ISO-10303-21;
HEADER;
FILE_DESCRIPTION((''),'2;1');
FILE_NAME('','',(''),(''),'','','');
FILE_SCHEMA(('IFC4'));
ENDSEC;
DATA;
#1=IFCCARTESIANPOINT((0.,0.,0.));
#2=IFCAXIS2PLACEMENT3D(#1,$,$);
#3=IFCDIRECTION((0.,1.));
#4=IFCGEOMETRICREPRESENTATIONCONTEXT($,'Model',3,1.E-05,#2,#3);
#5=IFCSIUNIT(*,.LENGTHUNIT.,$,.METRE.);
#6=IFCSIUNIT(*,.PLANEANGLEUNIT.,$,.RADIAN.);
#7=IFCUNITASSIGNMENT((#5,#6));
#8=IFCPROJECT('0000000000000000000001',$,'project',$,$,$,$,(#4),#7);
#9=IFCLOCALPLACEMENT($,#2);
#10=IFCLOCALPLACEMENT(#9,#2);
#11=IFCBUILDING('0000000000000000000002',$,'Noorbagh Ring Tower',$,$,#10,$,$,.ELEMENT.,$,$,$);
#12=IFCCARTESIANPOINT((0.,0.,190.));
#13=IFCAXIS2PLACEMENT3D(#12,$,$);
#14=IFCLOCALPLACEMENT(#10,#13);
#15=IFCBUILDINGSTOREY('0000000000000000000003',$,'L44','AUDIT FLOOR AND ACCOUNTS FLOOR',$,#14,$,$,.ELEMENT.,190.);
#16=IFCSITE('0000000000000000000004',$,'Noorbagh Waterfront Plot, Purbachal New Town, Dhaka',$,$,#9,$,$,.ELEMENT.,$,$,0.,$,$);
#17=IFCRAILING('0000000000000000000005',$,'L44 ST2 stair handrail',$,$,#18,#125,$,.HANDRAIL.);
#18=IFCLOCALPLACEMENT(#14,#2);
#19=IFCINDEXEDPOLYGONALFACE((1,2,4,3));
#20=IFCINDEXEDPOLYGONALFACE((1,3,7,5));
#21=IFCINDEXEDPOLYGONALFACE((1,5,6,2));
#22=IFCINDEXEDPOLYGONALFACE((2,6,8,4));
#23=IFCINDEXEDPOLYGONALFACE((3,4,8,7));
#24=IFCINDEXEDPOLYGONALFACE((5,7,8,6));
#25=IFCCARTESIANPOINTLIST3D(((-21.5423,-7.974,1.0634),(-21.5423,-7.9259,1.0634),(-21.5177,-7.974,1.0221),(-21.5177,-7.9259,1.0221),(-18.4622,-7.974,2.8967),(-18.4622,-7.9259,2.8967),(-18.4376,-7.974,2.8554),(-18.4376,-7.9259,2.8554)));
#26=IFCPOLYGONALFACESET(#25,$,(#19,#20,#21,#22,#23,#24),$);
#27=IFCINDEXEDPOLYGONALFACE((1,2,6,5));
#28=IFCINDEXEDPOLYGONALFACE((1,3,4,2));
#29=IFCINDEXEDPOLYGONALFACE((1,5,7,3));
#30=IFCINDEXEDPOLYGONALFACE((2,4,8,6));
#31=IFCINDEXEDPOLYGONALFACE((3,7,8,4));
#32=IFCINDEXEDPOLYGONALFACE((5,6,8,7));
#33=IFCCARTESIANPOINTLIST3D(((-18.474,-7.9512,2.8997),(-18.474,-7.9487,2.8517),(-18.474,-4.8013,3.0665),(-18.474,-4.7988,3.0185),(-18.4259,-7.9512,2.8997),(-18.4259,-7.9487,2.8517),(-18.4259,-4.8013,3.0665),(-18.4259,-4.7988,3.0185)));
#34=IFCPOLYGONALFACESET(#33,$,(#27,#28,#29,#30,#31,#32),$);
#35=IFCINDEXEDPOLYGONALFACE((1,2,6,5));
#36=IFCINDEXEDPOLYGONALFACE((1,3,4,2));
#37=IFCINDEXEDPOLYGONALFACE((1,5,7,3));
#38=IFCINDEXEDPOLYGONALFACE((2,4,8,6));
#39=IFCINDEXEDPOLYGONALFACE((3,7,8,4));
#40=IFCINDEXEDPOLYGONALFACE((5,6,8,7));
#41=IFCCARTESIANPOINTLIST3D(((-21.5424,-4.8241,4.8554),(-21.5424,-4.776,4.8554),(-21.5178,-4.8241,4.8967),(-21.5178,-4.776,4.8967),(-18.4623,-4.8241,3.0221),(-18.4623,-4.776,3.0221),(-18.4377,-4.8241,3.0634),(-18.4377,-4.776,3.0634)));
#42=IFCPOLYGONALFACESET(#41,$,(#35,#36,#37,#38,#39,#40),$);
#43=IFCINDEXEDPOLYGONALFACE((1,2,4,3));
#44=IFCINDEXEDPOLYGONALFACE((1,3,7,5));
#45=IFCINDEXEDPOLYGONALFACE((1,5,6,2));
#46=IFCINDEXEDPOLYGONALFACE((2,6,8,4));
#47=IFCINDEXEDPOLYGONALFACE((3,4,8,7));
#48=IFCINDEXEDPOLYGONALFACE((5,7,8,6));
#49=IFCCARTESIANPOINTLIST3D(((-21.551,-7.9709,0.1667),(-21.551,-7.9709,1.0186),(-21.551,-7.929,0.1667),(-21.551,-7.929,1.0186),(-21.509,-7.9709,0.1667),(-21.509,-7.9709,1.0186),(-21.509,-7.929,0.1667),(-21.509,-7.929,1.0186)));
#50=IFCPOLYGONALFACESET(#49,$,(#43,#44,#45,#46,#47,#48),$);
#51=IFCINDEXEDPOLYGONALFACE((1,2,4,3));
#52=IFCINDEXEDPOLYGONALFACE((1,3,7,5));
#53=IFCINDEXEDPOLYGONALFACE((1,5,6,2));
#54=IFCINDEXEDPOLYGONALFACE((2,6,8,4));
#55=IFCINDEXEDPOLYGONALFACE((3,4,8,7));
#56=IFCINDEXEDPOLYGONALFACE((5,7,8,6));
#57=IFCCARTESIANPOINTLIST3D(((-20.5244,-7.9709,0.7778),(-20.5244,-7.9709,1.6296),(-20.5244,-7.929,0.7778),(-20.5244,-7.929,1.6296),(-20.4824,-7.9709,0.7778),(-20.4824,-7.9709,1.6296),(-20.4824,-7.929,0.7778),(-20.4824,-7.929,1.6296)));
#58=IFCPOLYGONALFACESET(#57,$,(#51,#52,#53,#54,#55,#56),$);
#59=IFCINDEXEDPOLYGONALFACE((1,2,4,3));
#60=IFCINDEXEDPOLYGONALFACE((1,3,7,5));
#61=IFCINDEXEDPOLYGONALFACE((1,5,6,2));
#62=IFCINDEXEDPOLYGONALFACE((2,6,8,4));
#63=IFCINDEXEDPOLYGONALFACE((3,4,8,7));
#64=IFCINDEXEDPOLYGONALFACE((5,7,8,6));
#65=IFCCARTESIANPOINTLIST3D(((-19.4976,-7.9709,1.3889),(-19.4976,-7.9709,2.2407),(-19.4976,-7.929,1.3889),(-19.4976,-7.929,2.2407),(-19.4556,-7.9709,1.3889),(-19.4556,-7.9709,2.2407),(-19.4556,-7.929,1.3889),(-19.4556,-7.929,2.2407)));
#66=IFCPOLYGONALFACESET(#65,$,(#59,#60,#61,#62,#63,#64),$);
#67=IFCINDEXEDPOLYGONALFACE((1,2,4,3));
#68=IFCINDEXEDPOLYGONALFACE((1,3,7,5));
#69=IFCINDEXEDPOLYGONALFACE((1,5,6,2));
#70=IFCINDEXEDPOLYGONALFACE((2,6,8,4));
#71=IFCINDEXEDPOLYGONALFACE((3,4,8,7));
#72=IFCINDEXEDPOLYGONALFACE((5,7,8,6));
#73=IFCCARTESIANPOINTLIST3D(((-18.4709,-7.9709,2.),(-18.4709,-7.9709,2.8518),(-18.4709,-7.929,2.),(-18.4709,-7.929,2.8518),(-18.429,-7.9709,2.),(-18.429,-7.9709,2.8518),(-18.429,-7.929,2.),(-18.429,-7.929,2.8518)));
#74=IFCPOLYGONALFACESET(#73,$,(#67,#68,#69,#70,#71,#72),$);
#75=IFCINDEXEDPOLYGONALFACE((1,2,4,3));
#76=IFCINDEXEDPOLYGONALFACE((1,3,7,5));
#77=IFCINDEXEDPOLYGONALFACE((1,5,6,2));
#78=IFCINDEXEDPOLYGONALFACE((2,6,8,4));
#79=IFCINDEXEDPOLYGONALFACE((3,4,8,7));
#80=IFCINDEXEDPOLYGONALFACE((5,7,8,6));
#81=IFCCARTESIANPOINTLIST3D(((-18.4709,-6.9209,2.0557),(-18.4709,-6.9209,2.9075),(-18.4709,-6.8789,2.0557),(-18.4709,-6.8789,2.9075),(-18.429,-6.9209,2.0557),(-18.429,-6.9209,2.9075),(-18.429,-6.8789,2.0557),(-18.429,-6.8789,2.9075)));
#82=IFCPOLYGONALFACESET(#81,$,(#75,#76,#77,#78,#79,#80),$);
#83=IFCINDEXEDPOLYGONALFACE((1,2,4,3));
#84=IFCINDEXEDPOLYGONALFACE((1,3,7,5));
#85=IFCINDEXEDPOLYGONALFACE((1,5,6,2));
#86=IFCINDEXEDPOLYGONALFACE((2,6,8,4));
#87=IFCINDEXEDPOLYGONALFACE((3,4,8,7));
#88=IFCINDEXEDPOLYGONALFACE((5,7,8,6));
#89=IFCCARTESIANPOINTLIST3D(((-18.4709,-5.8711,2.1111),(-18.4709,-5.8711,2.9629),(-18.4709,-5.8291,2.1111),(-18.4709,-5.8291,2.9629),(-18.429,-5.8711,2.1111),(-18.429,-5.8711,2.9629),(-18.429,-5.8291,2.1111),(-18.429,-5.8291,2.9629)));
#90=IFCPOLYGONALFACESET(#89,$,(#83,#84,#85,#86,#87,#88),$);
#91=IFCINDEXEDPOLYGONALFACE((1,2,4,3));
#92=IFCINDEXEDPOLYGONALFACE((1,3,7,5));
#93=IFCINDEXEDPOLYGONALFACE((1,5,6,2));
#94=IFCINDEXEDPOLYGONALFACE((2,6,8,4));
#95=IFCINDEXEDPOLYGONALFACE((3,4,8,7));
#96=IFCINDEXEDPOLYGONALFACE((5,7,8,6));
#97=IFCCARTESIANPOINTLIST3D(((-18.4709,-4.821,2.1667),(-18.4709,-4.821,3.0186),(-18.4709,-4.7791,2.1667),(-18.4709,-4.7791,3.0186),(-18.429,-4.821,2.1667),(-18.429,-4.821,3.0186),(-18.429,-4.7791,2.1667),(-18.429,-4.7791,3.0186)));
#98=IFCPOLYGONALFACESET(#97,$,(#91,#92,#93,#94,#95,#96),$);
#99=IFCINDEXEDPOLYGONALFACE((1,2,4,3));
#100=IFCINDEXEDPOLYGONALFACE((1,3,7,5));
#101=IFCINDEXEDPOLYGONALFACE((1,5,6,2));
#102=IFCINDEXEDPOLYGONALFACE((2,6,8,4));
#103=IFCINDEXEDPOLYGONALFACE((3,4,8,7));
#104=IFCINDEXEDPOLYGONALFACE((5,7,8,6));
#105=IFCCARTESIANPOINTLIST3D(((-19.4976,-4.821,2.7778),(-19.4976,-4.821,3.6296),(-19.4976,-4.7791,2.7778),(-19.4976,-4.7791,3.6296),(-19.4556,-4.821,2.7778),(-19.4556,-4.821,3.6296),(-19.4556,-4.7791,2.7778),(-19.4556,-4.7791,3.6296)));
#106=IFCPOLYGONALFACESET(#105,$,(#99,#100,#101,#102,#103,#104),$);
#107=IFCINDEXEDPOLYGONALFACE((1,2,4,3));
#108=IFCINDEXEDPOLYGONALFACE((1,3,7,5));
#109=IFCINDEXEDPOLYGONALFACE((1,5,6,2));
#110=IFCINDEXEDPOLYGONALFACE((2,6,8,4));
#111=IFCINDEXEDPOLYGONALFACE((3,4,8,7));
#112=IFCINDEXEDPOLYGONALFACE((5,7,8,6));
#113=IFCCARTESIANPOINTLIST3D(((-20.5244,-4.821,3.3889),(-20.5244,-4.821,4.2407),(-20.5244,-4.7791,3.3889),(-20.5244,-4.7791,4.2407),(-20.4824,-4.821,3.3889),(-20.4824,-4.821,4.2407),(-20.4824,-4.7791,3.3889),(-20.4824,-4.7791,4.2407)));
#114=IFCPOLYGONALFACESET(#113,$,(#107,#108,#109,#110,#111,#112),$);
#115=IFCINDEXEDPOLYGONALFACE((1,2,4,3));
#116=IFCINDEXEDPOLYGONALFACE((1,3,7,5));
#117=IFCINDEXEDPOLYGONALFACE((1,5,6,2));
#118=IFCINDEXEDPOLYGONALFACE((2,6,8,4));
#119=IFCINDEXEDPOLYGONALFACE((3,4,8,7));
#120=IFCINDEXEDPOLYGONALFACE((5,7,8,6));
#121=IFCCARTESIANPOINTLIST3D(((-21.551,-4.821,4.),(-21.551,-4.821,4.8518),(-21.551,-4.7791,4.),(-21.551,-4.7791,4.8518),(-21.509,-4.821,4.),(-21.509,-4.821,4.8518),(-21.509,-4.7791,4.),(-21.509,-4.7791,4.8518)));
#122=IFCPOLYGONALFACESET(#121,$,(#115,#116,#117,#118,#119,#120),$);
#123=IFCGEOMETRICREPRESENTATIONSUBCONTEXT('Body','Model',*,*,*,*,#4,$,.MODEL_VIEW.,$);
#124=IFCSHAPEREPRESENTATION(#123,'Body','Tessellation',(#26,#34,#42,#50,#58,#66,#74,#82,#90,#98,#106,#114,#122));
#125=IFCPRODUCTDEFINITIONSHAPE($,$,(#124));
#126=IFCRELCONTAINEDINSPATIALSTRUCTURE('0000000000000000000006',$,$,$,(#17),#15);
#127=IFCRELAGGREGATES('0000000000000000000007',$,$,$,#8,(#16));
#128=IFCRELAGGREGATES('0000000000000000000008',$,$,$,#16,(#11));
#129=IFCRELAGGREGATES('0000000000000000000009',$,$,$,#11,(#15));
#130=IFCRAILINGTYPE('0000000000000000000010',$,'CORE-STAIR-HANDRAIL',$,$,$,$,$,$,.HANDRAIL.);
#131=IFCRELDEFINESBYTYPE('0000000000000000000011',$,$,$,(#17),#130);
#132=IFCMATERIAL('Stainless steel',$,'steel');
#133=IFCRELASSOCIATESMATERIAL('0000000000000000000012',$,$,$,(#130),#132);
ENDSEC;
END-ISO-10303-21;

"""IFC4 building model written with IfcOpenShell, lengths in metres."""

from ifc_helpers import new_model, si_unit, direction, frame, origin, origin_2d, place, context, subcontext, project, spatial, rectangle, extrude, material, type_object, element, save


model = new_model("IFC4")

# Units and contexts
model_context = context("Model", 3, precision=1e-05, world=origin(), true_north=direction((0.0, 1.0)))
body_context = subcontext(model_context, "Body", "Model", "MODEL_VIEW")
ifc_project = project(units=[si_unit("LENGTHUNIT", "METRE"), si_unit("PLANEANGLEUNIT", "RADIAN")], contexts=[model_context])

# Site, building, storey
site_placement = place(None, origin())
site = spatial("IfcSite", under=ifc_project, at=site_placement, Name="Noorbagh Waterfront Plot, Purbachal New Town, Dhaka", CompositionType="ELEMENT", RefElevation=0.0)
building_placement = place(site_placement, origin())
building = spatial("IfcBuilding", under=site, at=building_placement, Name="Noorbagh Ring Tower", CompositionType="ELEMENT")
storey_placement = place(building_placement, frame((0.0, 0.0, 190.0)))
storey = spatial("IfcBuildingStorey", under=building, at=storey_placement, Name="L44", Description="AUDIT FLOOR AND ACCOUNTS FLOOR", CompositionType="ELEMENT", Elevation=190.0)

# Railing
ifc_material_1 = material(Name="Stainless steel", Category="steel")
railing_type_1 = type_object("IfcRailingType", Name="CORE-STAIR-HANDRAIL", PredefinedType="HANDRAIL", material=ifc_material_1)
railing_1_placement = place(storey_placement, frame((-21.53, -7.95, 0.1667)))
element("IfcRailing", 1, at=railing_1_placement, inside=storey, type_object=railing_type_1, Name="L44 ST2 stair handrail", PredefinedType="HANDRAIL", context=body_context, shape_type="SweptSolid", body=[
    extrude(rectangle(XDim=0.0481, YDim=0.0481, at=origin_2d()), frame((0.0, 0.0, 0.876), z_axis=(0.859309, 0.0, 0.511458), x_axis=(0.0, 1.0, 0.0)), (0.0, 0.0, 1.0), 3.5845),
    extrude(rectangle(XDim=0.0481, YDim=0.0481, at=origin_2d()), frame((3.0801, 0.0, 2.709), z_axis=(0.0, 0.998602, 0.052864), x_axis=(-1.0, 0.0, 0.0)), (0.0, 0.0, 1.0), 3.1543),
    extrude(rectangle(XDim=0.0481, YDim=0.0481, at=origin_2d()), frame((3.0801, 3.1499, 2.876), z_axis=(-0.859309, 0.0, 0.511458), x_axis=(0.0, -1.0, 0.0)), (0.0, 0.0, 1.0), 3.5845),
    extrude(rectangle(XDim=0.042, YDim=0.042, at=origin_2d()), origin(), (0.0, 0.0, 1.0), 0.8518),
    extrude(rectangle(XDim=0.042, YDim=0.042, at=origin_2d()), frame((1.0266, 0.0, 0.6111)), (0.0, 0.0, 1.0), 0.8518),
    extrude(rectangle(XDim=0.042, YDim=0.042, at=origin_2d()), frame((2.0535, 0.0, 1.2222)), (0.0, 0.0, 1.0), 0.8518),
    extrude(rectangle(XDim=0.042, YDim=0.042, at=origin_2d()), frame((3.0801, 0.0, 1.8333)), (0.0, 0.0, 1.0), 0.8518),
    extrude(rectangle(XDim=0.042, YDim=0.042, at=origin_2d()), frame((3.0801, 1.05, 1.8889)), (0.0, 0.0, 1.0), 0.8518),
    extrude(rectangle(XDim=0.042, YDim=0.042, at=origin_2d()), frame((3.0801, 2.0999, 1.9443)), (0.0, 0.0, 1.0), 0.8518),
    extrude(rectangle(XDim=0.042, YDim=0.042, at=origin_2d()), frame((3.0801, 3.1499, 2.0)), (0.0, 0.0, 1.0), 0.8518),
    extrude(rectangle(XDim=0.042, YDim=0.042, at=origin_2d()), frame((2.0535, 3.1499, 2.6111)), (0.0, 0.0, 1.0), 0.8518),
    extrude(rectangle(XDim=0.042, YDim=0.042, at=origin_2d()), frame((1.0266, 3.1499, 3.2222)), (0.0, 0.0, 1.0), 0.8518),
    extrude(rectangle(XDim=0.042, YDim=0.042, at=origin_2d()), frame((0.0, 3.1499, 3.8333)), (0.0, 0.0, 1.0), 0.8518),
])

save(model, "model.ifc")
